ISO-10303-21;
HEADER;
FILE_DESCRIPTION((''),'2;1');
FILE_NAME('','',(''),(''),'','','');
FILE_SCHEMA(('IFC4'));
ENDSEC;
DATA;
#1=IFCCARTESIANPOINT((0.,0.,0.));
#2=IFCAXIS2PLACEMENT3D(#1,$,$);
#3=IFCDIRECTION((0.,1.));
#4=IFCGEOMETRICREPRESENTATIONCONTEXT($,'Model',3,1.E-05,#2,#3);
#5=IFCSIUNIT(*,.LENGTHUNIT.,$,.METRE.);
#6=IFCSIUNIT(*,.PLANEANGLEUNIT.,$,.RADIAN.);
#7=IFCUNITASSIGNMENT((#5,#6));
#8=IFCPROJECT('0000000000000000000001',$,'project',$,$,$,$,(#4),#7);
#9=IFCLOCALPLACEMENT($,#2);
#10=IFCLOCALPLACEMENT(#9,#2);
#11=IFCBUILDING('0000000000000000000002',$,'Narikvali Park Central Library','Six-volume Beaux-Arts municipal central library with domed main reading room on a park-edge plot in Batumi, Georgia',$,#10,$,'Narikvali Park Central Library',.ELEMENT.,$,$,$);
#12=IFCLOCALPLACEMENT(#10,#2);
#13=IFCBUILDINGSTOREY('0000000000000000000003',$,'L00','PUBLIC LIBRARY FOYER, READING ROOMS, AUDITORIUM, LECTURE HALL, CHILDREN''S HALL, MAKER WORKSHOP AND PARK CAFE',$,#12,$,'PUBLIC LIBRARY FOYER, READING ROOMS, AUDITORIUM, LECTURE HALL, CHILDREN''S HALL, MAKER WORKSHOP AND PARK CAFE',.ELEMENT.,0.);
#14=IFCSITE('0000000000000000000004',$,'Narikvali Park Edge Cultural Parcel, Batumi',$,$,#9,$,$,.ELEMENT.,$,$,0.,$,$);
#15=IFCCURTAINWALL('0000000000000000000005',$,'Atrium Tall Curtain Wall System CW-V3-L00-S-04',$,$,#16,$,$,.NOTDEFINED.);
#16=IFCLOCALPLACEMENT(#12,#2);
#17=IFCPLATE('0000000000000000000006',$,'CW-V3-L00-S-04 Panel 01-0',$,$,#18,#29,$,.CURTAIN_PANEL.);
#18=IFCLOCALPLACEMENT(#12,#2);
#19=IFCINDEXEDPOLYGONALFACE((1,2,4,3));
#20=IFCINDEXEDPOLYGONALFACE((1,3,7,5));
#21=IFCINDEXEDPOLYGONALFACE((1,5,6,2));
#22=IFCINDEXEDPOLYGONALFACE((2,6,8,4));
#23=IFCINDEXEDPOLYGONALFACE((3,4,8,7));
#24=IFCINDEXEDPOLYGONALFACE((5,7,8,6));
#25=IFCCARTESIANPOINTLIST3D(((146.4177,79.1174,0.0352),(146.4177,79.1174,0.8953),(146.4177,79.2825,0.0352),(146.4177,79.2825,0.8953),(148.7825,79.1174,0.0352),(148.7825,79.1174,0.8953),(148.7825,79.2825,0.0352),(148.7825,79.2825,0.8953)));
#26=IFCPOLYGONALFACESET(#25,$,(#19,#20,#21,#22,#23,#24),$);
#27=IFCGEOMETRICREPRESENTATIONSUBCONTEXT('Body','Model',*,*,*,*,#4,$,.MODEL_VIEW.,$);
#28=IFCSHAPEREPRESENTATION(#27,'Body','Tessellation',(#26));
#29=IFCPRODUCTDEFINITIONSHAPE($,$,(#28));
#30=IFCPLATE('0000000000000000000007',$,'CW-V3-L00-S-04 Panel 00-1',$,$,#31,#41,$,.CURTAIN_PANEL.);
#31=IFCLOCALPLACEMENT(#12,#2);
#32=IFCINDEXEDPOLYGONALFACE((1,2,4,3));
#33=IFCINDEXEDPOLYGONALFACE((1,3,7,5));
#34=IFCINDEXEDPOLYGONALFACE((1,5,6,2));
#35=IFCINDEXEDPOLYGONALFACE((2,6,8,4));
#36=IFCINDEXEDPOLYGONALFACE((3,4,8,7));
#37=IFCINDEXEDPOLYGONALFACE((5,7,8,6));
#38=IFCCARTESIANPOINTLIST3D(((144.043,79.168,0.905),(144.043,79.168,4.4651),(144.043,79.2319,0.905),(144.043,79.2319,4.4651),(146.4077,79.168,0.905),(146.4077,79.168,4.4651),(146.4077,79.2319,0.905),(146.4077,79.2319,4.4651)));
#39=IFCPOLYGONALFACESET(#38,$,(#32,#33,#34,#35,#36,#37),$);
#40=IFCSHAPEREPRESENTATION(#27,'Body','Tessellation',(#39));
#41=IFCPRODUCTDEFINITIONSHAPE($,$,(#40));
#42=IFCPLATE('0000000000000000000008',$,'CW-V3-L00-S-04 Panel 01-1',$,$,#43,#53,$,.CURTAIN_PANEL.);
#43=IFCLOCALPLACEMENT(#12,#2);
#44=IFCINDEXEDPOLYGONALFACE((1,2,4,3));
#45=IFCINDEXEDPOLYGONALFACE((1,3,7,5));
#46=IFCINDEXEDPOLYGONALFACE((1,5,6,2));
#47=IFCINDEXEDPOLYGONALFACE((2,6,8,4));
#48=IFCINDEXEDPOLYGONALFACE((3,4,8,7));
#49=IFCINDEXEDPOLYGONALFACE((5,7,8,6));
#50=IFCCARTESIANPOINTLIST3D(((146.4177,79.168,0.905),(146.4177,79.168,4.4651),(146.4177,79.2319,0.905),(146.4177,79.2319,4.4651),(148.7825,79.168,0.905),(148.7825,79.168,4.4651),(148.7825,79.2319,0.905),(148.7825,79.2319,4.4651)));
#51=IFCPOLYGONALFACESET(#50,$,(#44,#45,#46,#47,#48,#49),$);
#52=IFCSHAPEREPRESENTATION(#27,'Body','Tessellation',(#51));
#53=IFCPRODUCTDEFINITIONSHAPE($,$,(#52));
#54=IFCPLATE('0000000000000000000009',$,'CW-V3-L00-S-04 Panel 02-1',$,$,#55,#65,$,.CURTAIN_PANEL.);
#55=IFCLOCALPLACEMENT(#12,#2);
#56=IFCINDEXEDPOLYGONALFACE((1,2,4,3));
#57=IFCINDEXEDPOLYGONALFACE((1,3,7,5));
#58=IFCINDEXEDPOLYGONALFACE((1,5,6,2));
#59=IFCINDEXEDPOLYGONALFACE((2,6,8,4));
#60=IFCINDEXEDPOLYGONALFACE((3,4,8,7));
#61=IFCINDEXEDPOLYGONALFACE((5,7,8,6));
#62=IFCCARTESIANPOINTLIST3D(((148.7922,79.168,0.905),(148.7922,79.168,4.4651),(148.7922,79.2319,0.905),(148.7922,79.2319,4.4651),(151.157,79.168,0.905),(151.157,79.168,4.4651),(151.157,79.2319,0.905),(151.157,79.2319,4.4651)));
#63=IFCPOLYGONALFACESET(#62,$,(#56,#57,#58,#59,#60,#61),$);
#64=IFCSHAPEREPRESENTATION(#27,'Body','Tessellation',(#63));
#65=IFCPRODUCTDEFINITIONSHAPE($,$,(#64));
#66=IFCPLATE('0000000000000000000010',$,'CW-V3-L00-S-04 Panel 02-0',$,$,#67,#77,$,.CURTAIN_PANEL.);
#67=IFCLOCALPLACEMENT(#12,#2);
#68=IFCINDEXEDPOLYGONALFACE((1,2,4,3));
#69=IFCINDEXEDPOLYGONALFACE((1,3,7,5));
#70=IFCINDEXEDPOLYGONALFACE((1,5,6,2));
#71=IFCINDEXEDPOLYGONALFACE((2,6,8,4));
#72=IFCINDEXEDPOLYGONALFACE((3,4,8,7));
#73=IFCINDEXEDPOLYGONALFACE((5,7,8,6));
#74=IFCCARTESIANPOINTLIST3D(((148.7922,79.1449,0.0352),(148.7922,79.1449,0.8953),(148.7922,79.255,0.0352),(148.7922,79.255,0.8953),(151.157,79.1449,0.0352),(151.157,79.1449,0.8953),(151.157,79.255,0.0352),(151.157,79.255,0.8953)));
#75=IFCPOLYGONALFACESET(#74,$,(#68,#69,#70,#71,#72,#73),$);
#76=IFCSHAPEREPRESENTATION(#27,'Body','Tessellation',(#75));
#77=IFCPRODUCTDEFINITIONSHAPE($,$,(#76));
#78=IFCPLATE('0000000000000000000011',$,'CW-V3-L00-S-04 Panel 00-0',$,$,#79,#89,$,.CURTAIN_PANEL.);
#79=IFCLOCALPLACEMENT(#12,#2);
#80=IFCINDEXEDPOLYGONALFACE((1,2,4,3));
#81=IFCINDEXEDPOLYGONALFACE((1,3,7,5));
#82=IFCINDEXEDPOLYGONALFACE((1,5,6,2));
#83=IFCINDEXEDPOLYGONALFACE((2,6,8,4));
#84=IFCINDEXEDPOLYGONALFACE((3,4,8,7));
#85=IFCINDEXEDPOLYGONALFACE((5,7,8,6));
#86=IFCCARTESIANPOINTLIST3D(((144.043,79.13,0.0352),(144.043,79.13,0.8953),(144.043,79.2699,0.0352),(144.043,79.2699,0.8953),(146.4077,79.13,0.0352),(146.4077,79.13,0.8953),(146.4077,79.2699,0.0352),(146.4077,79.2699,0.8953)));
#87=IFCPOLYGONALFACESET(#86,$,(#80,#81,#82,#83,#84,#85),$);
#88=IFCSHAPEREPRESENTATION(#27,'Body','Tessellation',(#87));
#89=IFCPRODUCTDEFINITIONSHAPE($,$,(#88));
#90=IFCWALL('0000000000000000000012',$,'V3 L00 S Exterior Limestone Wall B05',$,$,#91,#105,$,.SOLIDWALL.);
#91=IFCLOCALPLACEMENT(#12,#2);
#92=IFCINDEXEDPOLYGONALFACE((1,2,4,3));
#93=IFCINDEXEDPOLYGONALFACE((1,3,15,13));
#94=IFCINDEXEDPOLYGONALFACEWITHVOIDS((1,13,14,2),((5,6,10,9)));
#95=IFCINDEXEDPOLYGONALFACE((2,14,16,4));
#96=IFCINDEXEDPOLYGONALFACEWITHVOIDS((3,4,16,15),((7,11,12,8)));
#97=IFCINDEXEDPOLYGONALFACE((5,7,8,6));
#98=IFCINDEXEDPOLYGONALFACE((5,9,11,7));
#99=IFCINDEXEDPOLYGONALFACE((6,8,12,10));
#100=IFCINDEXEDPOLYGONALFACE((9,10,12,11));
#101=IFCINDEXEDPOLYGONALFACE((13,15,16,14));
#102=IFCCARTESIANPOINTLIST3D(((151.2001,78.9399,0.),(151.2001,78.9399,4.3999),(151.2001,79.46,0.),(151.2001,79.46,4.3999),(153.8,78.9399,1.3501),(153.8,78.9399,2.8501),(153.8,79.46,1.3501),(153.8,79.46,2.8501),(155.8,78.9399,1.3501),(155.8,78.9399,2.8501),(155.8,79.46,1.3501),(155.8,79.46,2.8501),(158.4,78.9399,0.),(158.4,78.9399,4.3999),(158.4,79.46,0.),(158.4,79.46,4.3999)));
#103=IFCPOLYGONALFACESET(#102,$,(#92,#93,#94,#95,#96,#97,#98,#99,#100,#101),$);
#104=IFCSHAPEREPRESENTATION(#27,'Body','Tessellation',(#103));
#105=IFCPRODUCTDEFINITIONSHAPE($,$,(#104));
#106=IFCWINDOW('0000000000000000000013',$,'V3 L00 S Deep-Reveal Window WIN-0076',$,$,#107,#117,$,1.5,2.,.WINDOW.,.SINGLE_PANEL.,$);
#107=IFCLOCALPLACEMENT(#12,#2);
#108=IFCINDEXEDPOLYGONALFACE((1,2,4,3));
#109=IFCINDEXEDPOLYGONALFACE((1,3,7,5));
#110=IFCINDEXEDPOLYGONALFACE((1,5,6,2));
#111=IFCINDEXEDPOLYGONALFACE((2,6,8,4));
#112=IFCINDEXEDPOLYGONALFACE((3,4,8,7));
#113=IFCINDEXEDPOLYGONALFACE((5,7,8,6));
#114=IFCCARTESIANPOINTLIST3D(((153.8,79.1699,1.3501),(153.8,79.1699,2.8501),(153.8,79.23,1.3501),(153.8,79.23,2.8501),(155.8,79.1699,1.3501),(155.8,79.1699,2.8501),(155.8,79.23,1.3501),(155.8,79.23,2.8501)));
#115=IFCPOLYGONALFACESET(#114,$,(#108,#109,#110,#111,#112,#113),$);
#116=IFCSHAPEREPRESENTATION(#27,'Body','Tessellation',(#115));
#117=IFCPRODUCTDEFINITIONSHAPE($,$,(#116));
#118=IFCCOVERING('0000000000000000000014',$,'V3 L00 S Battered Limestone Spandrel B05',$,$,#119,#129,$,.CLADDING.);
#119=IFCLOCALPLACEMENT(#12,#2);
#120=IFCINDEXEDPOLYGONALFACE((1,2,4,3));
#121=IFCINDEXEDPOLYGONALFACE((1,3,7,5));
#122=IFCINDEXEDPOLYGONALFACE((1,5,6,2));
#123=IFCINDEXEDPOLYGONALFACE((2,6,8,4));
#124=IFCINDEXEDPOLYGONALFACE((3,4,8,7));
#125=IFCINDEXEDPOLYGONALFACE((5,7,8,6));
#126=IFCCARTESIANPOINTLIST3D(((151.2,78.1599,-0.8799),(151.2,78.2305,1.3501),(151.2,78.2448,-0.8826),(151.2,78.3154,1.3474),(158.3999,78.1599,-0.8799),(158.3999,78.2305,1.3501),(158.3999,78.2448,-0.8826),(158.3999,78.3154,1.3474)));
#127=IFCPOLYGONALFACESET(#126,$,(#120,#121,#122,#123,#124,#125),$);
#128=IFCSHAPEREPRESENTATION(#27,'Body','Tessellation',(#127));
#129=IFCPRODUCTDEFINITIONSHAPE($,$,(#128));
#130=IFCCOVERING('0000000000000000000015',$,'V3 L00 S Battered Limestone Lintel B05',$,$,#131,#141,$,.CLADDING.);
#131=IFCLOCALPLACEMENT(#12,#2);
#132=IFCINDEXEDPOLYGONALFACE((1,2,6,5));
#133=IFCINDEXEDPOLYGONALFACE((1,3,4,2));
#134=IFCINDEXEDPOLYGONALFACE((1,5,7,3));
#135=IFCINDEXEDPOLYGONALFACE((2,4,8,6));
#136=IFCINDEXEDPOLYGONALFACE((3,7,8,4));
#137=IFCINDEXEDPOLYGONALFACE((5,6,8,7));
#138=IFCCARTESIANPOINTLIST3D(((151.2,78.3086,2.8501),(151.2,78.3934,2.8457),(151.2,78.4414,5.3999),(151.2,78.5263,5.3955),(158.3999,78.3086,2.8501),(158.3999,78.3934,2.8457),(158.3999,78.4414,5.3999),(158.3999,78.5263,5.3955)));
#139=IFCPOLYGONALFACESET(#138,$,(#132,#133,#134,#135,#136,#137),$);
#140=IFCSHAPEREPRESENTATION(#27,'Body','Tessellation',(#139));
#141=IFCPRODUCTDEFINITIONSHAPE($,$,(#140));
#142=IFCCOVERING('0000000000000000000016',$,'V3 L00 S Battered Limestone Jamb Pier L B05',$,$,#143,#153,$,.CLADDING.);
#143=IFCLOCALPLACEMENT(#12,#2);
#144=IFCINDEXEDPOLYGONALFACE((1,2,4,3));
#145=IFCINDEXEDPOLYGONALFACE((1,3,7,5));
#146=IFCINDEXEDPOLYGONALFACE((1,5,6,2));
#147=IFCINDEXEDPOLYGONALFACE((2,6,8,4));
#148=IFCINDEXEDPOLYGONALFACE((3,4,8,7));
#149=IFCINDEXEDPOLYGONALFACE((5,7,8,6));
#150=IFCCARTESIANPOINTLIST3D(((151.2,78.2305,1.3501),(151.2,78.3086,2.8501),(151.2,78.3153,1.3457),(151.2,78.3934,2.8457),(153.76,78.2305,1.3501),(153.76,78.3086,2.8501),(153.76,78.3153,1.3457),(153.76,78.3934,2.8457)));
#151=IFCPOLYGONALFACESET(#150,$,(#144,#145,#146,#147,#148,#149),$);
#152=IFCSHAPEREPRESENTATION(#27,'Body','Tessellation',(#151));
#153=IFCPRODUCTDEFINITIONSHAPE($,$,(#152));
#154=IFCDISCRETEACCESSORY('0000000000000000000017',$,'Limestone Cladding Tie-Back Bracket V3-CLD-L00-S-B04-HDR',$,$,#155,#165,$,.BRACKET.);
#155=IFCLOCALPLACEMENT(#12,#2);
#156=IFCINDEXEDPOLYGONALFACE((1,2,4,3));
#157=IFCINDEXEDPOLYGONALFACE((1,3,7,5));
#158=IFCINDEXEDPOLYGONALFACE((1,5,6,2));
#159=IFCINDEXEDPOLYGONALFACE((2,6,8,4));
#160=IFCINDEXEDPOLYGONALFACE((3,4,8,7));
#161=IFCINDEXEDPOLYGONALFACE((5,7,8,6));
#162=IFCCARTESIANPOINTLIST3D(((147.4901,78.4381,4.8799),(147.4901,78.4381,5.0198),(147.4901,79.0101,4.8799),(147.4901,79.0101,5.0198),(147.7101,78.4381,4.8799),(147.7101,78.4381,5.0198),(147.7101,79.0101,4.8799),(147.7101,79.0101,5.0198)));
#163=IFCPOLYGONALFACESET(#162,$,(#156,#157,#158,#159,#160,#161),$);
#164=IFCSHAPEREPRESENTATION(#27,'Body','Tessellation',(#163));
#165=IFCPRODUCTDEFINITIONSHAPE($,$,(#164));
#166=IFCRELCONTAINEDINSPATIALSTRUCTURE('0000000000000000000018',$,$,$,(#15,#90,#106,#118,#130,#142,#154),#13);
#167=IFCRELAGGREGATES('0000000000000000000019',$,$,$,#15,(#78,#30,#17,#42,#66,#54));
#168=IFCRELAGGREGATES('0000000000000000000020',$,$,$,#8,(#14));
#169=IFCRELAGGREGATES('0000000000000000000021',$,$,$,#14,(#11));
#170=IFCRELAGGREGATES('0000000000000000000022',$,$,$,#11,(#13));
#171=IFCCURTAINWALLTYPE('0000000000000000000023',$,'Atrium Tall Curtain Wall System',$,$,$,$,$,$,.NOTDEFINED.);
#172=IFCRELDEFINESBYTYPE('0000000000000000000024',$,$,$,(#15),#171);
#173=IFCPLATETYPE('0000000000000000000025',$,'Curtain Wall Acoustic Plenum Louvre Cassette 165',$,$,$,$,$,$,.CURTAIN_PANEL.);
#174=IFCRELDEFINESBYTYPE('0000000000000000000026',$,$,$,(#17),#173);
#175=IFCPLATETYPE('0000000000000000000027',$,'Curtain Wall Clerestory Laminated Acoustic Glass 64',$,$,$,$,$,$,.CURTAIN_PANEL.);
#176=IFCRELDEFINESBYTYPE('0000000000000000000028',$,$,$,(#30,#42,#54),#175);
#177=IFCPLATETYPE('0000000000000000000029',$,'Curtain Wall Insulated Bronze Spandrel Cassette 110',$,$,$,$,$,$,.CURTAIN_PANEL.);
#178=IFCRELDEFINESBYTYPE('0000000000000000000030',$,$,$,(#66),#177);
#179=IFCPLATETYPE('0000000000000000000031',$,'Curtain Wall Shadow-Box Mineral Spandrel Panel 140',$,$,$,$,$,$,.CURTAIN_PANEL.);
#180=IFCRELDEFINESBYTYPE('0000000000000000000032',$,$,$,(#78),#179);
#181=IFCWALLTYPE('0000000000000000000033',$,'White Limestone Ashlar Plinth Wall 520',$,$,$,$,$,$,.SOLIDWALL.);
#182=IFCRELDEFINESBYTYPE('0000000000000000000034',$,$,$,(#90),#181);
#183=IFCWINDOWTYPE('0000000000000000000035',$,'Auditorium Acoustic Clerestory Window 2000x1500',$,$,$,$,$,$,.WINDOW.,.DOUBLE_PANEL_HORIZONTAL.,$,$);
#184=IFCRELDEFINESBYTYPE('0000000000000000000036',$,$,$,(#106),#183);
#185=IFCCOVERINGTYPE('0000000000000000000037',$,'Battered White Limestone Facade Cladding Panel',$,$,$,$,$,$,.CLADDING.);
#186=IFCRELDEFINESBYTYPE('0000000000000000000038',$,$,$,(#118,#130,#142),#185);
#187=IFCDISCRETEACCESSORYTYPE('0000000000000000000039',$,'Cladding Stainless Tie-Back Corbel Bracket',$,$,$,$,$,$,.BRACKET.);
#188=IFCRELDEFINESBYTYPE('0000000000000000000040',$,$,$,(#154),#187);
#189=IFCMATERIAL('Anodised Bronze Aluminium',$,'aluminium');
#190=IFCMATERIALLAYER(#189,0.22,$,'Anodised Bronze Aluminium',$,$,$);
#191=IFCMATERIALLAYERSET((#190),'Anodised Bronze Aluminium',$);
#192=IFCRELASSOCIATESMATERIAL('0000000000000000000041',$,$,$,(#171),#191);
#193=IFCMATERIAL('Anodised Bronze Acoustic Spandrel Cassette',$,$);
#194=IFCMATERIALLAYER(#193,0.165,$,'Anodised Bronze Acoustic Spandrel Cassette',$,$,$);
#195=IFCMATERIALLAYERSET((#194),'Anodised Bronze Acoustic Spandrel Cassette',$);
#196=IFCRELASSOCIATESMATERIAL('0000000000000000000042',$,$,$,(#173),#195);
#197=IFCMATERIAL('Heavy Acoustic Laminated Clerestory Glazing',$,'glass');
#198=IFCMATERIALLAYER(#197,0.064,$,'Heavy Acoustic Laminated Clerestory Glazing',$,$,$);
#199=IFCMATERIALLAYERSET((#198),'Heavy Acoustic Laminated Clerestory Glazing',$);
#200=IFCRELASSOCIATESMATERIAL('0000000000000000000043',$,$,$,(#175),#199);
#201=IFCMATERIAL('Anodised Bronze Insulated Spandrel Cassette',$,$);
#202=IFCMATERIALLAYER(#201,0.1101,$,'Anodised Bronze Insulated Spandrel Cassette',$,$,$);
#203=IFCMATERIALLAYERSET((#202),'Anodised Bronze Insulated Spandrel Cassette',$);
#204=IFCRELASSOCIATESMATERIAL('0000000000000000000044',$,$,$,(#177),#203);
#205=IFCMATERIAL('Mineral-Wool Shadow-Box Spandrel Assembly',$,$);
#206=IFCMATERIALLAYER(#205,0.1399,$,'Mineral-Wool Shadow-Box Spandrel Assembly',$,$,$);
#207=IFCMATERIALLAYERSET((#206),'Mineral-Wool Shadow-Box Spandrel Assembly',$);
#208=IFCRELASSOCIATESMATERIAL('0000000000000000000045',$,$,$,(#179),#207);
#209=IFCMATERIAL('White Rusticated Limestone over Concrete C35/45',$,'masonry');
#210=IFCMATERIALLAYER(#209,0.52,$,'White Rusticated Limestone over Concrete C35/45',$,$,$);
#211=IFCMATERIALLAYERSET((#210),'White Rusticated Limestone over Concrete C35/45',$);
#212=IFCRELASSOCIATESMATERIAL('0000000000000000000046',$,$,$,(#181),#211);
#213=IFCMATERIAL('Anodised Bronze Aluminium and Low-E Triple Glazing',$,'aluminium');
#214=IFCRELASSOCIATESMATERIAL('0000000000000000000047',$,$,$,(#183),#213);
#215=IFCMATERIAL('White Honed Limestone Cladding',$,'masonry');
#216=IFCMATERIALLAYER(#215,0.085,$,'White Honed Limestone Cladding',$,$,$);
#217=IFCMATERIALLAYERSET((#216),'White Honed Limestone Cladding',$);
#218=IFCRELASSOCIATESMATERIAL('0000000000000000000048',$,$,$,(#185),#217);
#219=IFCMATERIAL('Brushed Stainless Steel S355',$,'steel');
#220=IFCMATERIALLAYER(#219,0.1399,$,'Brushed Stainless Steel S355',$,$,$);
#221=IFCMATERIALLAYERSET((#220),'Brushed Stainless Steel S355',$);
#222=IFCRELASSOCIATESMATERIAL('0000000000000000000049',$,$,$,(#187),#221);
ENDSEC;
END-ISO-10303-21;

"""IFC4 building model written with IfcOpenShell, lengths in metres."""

from ifc_helpers import new_model, si_unit, direction, frame, frame_2d, origin, origin_2d, place, context, subcontext, project, spatial, polyline, rectangle, outline, extrude, material, layer, layer_set, type_object, element, fill, aggregate, save


model = new_model("IFC4")

# Units and contexts
model_context = context("Model", 3, precision=1e-05, world=origin(), true_north=direction((0.0, 1.0)))
body_context = subcontext(model_context, "Body", "Model", "MODEL_VIEW")
ifc_project = project(units=[si_unit("LENGTHUNIT", "METRE"), si_unit("PLANEANGLEUNIT", "RADIAN")], contexts=[model_context])

# Site, building, storey
site_placement = place(None, origin())
site = spatial("IfcSite", under=ifc_project, at=site_placement, Name="Narikvali Park Edge Cultural Parcel, Batumi", CompositionType="ELEMENT", RefElevation=0.0)
building_placement = place(site_placement, origin())
building = spatial("IfcBuilding", under=site, at=building_placement, Name="Narikvali Park Central Library", Description="Six-volume Beaux-Arts municipal central library with domed main reading room on a park-edge plot in Batumi, Georgia", LongName="Narikvali Park Central Library", CompositionType="ELEMENT")
storey_placement = place(building_placement, origin())
storey = spatial("IfcBuildingStorey", under=building, at=storey_placement, Name="L00", Description="PUBLIC LIBRARY FOYER, READING ROOMS, AUDITORIUM, LECTURE HALL, CHILDREN'S HALL, MAKER WORKSHOP AND PARK CAFE", LongName="PUBLIC LIBRARY FOYER, READING ROOMS, AUDITORIUM, LECTURE HALL, CHILDREN'S HALL, MAKER WORKSHOP AND PARK CAFE", CompositionType="ELEMENT", Elevation=0.0)

# Curtain wall
ifc_material_1 = material(Name="Anodised Bronze Aluminium", Category="aluminium")
ifc_layer_1 = layer(ifc_material_1, 0.22, Name="Anodised Bronze Aluminium")
ifc_layer_set_1 = layer_set([ifc_layer_1], Name="Anodised Bronze Aluminium")
curtain_wall_type = type_object("IfcCurtainWallType", Name="Atrium Tall Curtain Wall System", PredefinedType="NOTDEFINED", material=ifc_layer_set_1)
curtain_wall_1_placement = place(storey_placement, origin())
curtain_wall_1 = element("IfcCurtainWall", 1, at=curtain_wall_1_placement, inside=storey, type_object=curtain_wall_type, Name="Atrium Tall Curtain Wall System CW-V3-L00-S-04", PredefinedType="NOTDEFINED")

# Plates
ifc_material_2 = material(Name="Anodised Bronze Acoustic Spandrel Cassette")
ifc_layer_2 = layer(ifc_material_2, 0.165, Name="Anodised Bronze Acoustic Spandrel Cassette")
ifc_layer_set_2 = layer_set([ifc_layer_2], Name="Anodised Bronze Acoustic Spandrel Cassette")
plate_type_1 = type_object("IfcPlateType", Name="Curtain Wall Acoustic Plenum Louvre Cassette 165", PredefinedType="CURTAIN_PANEL", material=ifc_layer_set_2)
plate_1_placement = place(storey_placement, frame((147.6001, 79.2, 0.0352), z_axis=(0.0, 0.0, 1.0), x_axis=(1.0, 0.0, 0.0)))
plate_1 = element("IfcPlate", 2, at=plate_1_placement, type_object=plate_type_1, Name="CW-V3-L00-S-04 Panel 01-0", PredefinedType="CURTAIN_PANEL", context=body_context, shape_type="SweptSolid", body=[
    extrude(rectangle(XDim=2.3647, YDim=0.165, at=origin_2d()), origin(), (0.0, 0.0, 1.0), 0.8601),
])
ifc_material_3 = material(Name="Heavy Acoustic Laminated Clerestory Glazing", Category="glass")
ifc_layer_3 = layer(ifc_material_3, 0.064, Name="Heavy Acoustic Laminated Clerestory Glazing")
ifc_layer_set_3 = layer_set([ifc_layer_3], Name="Heavy Acoustic Laminated Clerestory Glazing")
plate_type_2 = type_object("IfcPlateType", Name="Curtain Wall Clerestory Laminated Acoustic Glass 64", PredefinedType="CURTAIN_PANEL", material=ifc_layer_set_3)
plate_2_placement = place(storey_placement, frame((145.2253, 79.2, 0.905), z_axis=(0.0, 0.0, 1.0), x_axis=(1.0, 0.0, 0.0)))
plate_2 = element("IfcPlate", 3, at=plate_2_placement, type_object=plate_type_2, Name="CW-V3-L00-S-04 Panel 00-1", PredefinedType="CURTAIN_PANEL", context=body_context, shape_type="SweptSolid", body=[
    extrude(rectangle(XDim=2.3647, YDim=0.064, at=origin_2d()), origin(), (0.0, 0.0, 1.0), 3.5601),
])
plate_3_placement = place(storey_placement, frame((147.6001, 79.2, 0.905), z_axis=(0.0, 0.0, 1.0), x_axis=(1.0, 0.0, 0.0)))
plate_3 = element("IfcPlate", 4, at=plate_3_placement, type_object=plate_type_2, Name="CW-V3-L00-S-04 Panel 01-1", PredefinedType="CURTAIN_PANEL", context=body_context, shape_type="SweptSolid", body=[
    extrude(rectangle(XDim=2.3647, YDim=0.064, at=origin_2d()), origin(), (0.0, 0.0, 1.0), 3.5601),
])
plate_4_placement = place(storey_placement, frame((149.9746, 79.2, 0.905), z_axis=(0.0, 0.0, 1.0), x_axis=(1.0, 0.0, 0.0)))
plate_4 = element("IfcPlate", 5, at=plate_4_placement, type_object=plate_type_2, Name="CW-V3-L00-S-04 Panel 02-1", PredefinedType="CURTAIN_PANEL", context=body_context, shape_type="SweptSolid", body=[
    extrude(rectangle(XDim=2.3647, YDim=0.064, at=origin_2d()), origin(), (0.0, 0.0, 1.0), 3.5601),
])
ifc_material_4 = material(Name="Anodised Bronze Insulated Spandrel Cassette")
ifc_layer_4 = layer(ifc_material_4, 0.1101, Name="Anodised Bronze Insulated Spandrel Cassette")
ifc_layer_set_4 = layer_set([ifc_layer_4], Name="Anodised Bronze Insulated Spandrel Cassette")
plate_type_3 = type_object("IfcPlateType", Name="Curtain Wall Insulated Bronze Spandrel Cassette 110", PredefinedType="CURTAIN_PANEL", material=ifc_layer_set_4)
plate_5_placement = place(storey_placement, frame((149.9746, 79.2, 0.0352), z_axis=(0.0, 0.0, 1.0), x_axis=(1.0, 0.0, 0.0)))
plate_5 = element("IfcPlate", 6, at=plate_5_placement, type_object=plate_type_3, Name="CW-V3-L00-S-04 Panel 02-0", PredefinedType="CURTAIN_PANEL", context=body_context, shape_type="SweptSolid", body=[
    extrude(rectangle(XDim=2.3647, YDim=0.1101, at=origin_2d()), origin(), (0.0, 0.0, 1.0), 0.8601),
])
ifc_material_5 = material(Name="Mineral-Wool Shadow-Box Spandrel Assembly")
ifc_layer_5 = layer(ifc_material_5, 0.1399, Name="Mineral-Wool Shadow-Box Spandrel Assembly")
ifc_layer_set_5 = layer_set([ifc_layer_5], Name="Mineral-Wool Shadow-Box Spandrel Assembly")
plate_type_4 = type_object("IfcPlateType", Name="Curtain Wall Shadow-Box Mineral Spandrel Panel 140", PredefinedType="CURTAIN_PANEL", material=ifc_layer_set_5)
plate_6_placement = place(storey_placement, frame((145.2253, 79.2, 0.0352), z_axis=(0.0, 0.0, 1.0), x_axis=(1.0, 0.0, 0.0)))
plate_6 = element("IfcPlate", 7, at=plate_6_placement, type_object=plate_type_4, Name="CW-V3-L00-S-04 Panel 00-0", PredefinedType="CURTAIN_PANEL", context=body_context, shape_type="SweptSolid", body=[
    extrude(rectangle(XDim=2.3647, YDim=0.1399, at=origin_2d()), origin(), (0.0, 0.0, 1.0), 0.8601),
])
aggregate(curtain_wall_1, [plate_6, plate_2, plate_1, plate_3, plate_5, plate_4])

# Wall, opening, window
ifc_material_6 = material(Name="White Rusticated Limestone over Concrete C35/45", Category="masonry")
ifc_layer_6 = layer(ifc_material_6, 0.52, Name="White Rusticated Limestone over Concrete C35/45")
ifc_layer_set_6 = layer_set([ifc_layer_6], Name="White Rusticated Limestone over Concrete C35/45")
wall_type = type_object("IfcWallType", Name="White Limestone Ashlar Plinth Wall 520", PredefinedType="SOLIDWALL", material=ifc_layer_set_6)
wall_placement = place(storey_placement, frame((151.2, 79.2, 0.0), z_axis=(0.0, 0.0, 1.0), x_axis=(1.0, 0.0, 0.0)))
wall = element("IfcWall", 8, at=wall_placement, inside=storey, type_object=wall_type, Name="V3 L00 S Exterior Limestone Wall B05", PredefinedType="SOLIDWALL", context=body_context, shape_type="SweptSolid", body=[
    extrude(rectangle(XDim=7.2, YDim=0.52, at=frame_2d((3.6001, 0.0))), origin(), (0.0, 0.0, 1.0), 4.3999),
])
opening_placement = place(wall_placement, frame((2.6001, 0.0, 1.3501)))
opening = element("IfcOpeningElement", 9, at=opening_placement, cuts=wall, PredefinedType="OPENING", context=body_context, shape_type="SweptSolid", body=[
    extrude(rectangle(XDim=2.0, YDim=1.5, at=frame_2d((1.0, 0.75))), frame((0.0, 0.272, 0.0), z_axis=(0.0, -1.0, 0.0), x_axis=(1.0, 0.0, 0.0)), (0.0, 0.0, 1.0), 0.5439),
])
ifc_material_7 = material(Name="Anodised Bronze Aluminium and Low-E Triple Glazing", Category="aluminium")
window_type = type_object("IfcWindowType", Name="Auditorium Acoustic Clerestory Window 2000x1500", PartitioningType="DOUBLE_PANEL_HORIZONTAL", PredefinedType="WINDOW", material=ifc_material_7)
window_placement = place(opening_placement, origin())
window = element("IfcWindow", 10, at=window_placement, inside=storey, type_object=window_type, Name="V3 L00 S Deep-Reveal Window WIN-0076", OverallHeight=1.5, OverallWidth=2.0, PartitioningType="SINGLE_PANEL", PredefinedType="WINDOW", context=body_context, shape_type="SweptSolid", body=[
    extrude(rectangle(XDim=2.0, YDim=1.5, at=frame_2d((1.0, 0.75))), frame((0.0, 0.03, 0.0), z_axis=(0.0, -1.0, 0.0), x_axis=(1.0, 0.0, 0.0)), (0.0, 0.0, 1.0), 0.0601),
])
fill(opening, window)

# Coverings
ifc_material_8 = material(Name="White Honed Limestone Cladding", Category="masonry")
ifc_layer_7 = layer(ifc_material_8, 0.085, Name="White Honed Limestone Cladding")
ifc_layer_set_7 = layer_set([ifc_layer_7], Name="White Honed Limestone Cladding")
covering_type = type_object("IfcCoveringType", Name="Battered White Limestone Facade Cladding Panel", PredefinedType="CLADDING", material=ifc_layer_set_7)
covering_1_placement = place(storey_placement, frame((151.2, 78.1599, -0.8799), z_axis=(0.0, -0.9995, 0.031624), x_axis=(1.0, 0.0, 0.0)))
element("IfcCovering", 11, at=covering_1_placement, inside=storey, type_object=covering_type, Name="V3 L00 S Battered Limestone Spandrel B05", PredefinedType="CLADDING", context=body_context, shape_type="SweptSolid", body=[
    extrude(outline(polyline([(0.0, 0.0), (7.2, 0.0), (7.2, 2.2311), (0.0, 2.2311), (0.0, 0.0)])), origin(), (0.0, 0.0, -1.0), 0.085),
])
covering_2_placement = place(storey_placement, frame((151.2, 78.3086, 2.8501), z_axis=(0.0, -0.998646, 0.052017), x_axis=(1.0, 0.0, 0.0)))
element("IfcCovering", 12, at=covering_2_placement, inside=storey, type_object=covering_type, Name="V3 L00 S Battered Limestone Lintel B05", PredefinedType="CLADDING", context=body_context, shape_type="SweptSolid", body=[
    extrude(outline(polyline([(0.0, 0.0), (7.2, 0.0), (7.2, 2.5533), (0.0, 2.5533), (0.0, 0.0)])), origin(), (0.0, 0.0, -1.0), 0.085),
])
covering_3_placement = place(storey_placement, frame((151.2, 78.2305, 1.3501), z_axis=(0.0, -0.998646, 0.052013), x_axis=(1.0, 0.0, 0.0)))
element("IfcCovering", 13, at=covering_3_placement, inside=storey, type_object=covering_type, Name="V3 L00 S Battered Limestone Jamb Pier L B05", PredefinedType="CLADDING", context=body_context, shape_type="SweptSolid", body=[
    extrude(outline(polyline([(0.0, 0.0), (2.5601, 0.0), (2.5601, 1.502), (0.0, 1.502), (0.0, 0.0)])), origin(), (0.0, 0.0, -1.0), 0.085),
])

# Discrete accessory
ifc_material_9 = material(Name="Brushed Stainless Steel S355", Category="steel")
ifc_layer_8 = layer(ifc_material_9, 0.1399, Name="Brushed Stainless Steel S355")
ifc_layer_set_8 = layer_set([ifc_layer_8], Name="Brushed Stainless Steel S355")
discrete_accessory_type_1 = type_object("IfcDiscreteAccessoryType", Name="Cladding Stainless Tie-Back Corbel Bracket", PredefinedType="BRACKET", material=ifc_layer_set_8)
discrete_accessory_1_placement = place(storey_placement, frame((147.6001, 78.7241, 4.8799), z_axis=(0.0, 0.0, 1.0), x_axis=(1.0, 0.0, 0.0)))
element("IfcDiscreteAccessory", 14, at=discrete_accessory_1_placement, inside=storey, type_object=discrete_accessory_type_1, Name="Limestone Cladding Tie-Back Bracket V3-CLD-L00-S-B04-HDR", PredefinedType="BRACKET", context=body_context, shape_type="SweptSolid", body=[
    extrude(rectangle(XDim=0.22, YDim=0.572, at=origin_2d()), origin(), (0.0, 0.0, 1.0), 0.1399),
])

save(model, "model.ifc")
